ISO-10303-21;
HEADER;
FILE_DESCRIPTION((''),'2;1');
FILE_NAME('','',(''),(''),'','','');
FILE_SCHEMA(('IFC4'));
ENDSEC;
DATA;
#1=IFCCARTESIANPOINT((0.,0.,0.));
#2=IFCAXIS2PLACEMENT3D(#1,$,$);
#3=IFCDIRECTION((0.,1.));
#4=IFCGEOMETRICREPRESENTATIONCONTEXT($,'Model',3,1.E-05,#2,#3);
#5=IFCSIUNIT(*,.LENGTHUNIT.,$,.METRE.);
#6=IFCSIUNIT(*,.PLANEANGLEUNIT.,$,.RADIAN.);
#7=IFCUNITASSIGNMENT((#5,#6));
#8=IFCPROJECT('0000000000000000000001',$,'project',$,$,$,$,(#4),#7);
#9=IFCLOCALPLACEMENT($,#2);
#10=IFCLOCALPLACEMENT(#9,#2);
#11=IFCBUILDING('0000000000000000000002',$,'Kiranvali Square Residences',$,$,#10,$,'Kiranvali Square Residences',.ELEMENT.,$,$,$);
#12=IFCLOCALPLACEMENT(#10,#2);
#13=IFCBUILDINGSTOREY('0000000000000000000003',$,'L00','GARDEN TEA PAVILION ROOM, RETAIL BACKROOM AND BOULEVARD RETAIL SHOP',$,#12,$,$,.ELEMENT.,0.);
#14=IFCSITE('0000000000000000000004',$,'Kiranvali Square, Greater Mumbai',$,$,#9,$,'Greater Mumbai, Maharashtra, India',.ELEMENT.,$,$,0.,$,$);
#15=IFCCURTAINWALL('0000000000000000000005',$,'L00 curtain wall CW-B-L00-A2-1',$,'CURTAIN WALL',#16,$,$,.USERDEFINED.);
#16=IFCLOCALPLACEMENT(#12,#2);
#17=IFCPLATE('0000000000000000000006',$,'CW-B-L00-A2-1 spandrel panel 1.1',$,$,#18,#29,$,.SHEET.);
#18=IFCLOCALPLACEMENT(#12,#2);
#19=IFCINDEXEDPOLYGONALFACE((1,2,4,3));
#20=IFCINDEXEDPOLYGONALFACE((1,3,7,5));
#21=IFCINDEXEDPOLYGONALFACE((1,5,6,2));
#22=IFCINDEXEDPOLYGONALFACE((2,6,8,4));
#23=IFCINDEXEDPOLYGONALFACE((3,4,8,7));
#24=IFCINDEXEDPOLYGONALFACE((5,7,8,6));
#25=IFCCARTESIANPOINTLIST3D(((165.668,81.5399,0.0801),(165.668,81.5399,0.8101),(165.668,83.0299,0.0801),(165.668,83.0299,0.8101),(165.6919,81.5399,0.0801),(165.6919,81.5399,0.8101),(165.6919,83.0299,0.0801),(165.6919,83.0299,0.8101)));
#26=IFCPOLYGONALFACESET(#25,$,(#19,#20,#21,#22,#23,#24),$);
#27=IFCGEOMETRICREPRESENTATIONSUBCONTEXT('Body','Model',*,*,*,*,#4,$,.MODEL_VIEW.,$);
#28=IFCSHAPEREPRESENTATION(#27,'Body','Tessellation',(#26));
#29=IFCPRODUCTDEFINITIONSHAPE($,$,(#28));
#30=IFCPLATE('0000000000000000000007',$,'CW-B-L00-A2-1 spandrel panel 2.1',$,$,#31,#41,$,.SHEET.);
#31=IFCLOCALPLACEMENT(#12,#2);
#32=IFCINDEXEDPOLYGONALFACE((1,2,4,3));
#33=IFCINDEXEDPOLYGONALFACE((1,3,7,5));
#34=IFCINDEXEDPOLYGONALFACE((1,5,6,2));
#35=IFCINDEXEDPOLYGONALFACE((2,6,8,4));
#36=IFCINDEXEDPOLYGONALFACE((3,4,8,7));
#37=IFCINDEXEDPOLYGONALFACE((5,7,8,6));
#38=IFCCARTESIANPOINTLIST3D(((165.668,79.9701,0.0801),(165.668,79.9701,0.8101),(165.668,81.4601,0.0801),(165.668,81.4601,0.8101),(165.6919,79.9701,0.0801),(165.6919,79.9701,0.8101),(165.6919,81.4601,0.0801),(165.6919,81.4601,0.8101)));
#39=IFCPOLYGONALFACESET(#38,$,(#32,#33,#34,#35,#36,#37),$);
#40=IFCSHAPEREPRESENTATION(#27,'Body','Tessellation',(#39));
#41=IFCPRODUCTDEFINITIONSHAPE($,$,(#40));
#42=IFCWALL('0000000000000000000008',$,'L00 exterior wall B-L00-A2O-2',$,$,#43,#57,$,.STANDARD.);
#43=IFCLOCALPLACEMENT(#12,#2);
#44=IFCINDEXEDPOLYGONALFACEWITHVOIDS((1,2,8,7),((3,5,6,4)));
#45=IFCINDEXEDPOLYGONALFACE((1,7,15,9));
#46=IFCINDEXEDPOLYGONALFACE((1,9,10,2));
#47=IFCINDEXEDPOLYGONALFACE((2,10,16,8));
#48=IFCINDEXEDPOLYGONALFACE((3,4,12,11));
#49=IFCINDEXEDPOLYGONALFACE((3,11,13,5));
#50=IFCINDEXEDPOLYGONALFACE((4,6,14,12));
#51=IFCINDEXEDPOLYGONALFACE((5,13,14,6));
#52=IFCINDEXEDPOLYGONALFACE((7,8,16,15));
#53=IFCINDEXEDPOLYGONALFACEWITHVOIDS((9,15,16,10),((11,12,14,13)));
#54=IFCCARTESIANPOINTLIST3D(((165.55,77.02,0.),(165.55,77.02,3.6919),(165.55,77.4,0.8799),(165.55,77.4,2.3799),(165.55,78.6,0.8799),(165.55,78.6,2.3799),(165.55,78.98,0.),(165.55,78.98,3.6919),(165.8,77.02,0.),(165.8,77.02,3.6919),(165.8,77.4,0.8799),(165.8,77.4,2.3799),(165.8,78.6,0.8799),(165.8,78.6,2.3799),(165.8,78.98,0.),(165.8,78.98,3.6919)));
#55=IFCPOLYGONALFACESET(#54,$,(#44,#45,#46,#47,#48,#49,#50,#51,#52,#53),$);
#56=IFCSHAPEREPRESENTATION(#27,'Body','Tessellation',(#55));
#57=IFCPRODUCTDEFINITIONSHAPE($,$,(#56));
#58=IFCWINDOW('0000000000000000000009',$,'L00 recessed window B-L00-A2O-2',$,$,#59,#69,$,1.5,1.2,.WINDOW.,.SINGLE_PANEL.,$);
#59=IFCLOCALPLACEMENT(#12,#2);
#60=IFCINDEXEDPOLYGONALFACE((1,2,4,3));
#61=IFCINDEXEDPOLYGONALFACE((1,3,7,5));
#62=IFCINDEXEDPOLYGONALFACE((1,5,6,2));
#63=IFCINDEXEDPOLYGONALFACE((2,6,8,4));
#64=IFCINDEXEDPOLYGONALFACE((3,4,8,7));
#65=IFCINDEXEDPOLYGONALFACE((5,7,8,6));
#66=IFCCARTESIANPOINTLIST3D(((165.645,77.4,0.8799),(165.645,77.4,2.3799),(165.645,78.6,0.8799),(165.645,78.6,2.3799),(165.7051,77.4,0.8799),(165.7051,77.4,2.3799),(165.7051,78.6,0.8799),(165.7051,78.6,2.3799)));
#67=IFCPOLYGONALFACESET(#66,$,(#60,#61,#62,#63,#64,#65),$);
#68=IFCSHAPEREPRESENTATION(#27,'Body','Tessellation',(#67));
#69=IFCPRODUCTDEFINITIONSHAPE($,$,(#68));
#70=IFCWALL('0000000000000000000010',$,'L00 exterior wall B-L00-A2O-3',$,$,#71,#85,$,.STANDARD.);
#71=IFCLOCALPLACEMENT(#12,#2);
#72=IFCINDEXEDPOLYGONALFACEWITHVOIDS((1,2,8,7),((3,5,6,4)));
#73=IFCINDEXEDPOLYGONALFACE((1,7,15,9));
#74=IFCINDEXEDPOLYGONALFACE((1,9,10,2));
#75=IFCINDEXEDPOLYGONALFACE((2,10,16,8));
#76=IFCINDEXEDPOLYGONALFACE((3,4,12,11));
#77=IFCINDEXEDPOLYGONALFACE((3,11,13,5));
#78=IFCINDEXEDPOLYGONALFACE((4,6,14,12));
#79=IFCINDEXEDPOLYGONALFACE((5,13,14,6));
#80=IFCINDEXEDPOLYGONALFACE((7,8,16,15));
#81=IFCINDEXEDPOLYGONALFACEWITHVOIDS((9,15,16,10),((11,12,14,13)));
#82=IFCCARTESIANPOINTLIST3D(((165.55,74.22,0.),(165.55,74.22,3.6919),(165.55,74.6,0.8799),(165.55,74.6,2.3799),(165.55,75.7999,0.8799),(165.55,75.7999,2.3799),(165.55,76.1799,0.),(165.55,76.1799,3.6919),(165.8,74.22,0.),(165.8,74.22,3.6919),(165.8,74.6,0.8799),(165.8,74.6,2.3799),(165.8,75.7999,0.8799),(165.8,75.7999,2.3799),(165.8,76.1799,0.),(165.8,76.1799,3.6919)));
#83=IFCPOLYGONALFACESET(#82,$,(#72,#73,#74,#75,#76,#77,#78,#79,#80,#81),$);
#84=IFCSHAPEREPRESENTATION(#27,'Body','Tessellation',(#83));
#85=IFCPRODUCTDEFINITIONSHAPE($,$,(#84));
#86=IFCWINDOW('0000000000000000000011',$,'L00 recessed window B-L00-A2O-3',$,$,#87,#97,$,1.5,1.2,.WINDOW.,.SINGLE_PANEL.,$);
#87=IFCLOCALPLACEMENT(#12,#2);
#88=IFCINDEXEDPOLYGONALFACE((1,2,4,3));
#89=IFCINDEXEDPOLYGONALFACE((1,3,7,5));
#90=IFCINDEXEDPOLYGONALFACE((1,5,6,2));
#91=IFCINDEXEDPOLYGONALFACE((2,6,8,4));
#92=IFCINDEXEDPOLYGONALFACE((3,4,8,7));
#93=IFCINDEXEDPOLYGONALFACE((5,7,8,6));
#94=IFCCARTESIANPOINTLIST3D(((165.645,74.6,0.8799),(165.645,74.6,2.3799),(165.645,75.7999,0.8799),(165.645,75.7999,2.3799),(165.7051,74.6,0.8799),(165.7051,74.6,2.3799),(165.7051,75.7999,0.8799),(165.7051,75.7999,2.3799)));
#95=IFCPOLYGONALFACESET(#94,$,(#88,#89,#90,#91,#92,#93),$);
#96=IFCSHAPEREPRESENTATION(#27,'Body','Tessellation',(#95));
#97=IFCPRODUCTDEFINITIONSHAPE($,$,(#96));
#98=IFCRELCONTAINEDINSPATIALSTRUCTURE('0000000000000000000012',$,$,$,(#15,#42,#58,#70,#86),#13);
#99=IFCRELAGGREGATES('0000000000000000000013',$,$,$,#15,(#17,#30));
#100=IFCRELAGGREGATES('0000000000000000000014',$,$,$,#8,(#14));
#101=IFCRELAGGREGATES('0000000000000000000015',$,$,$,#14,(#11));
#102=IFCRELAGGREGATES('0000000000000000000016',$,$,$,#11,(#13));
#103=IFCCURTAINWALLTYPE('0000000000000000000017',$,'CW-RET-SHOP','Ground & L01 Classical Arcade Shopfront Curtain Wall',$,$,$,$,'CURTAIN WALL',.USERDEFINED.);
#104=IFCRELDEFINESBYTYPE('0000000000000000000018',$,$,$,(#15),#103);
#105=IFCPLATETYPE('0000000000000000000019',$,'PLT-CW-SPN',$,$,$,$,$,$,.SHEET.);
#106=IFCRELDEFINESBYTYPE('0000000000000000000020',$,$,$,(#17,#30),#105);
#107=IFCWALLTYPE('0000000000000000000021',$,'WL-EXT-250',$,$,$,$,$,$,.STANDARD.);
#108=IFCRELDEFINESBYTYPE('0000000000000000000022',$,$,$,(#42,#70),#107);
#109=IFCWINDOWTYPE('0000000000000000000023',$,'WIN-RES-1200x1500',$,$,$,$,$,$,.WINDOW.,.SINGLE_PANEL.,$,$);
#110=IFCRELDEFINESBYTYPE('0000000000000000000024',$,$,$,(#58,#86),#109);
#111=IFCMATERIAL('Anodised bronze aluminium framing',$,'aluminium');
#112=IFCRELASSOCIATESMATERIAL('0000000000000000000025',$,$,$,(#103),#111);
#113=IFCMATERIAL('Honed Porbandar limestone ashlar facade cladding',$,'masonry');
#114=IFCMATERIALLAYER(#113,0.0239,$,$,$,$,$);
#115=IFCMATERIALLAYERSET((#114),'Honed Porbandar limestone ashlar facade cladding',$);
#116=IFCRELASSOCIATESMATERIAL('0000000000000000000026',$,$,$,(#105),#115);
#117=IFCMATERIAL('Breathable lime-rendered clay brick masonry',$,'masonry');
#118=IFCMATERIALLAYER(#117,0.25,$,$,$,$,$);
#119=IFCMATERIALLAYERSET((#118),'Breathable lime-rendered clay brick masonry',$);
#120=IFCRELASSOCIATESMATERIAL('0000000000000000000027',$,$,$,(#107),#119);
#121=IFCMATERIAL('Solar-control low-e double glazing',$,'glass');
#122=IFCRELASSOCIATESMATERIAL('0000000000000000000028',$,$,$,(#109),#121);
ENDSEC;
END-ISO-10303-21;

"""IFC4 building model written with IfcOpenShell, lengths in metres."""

from ifc_helpers import new_model, si_unit, direction, frame, frame_2d, origin, origin_2d, place, context, subcontext, project, spatial, rectangle, extrude, material, layer, layer_set, type_object, element, fill, aggregate, save


model = new_model("IFC4")

# Units and contexts
model_context = context("Model", 3, precision=1e-05, world=origin(), true_north=direction((0.0, 1.0)))
body_context = subcontext(model_context, "Body", "Model", "MODEL_VIEW")
ifc_project = project(units=[si_unit("LENGTHUNIT", "METRE"), si_unit("PLANEANGLEUNIT", "RADIAN")], contexts=[model_context])

# Site, building, storey
site_placement = place(None, origin())
site = spatial("IfcSite", under=ifc_project, at=site_placement, Name="Kiranvali Square, Greater Mumbai", LongName="Greater Mumbai, Maharashtra, India", CompositionType="ELEMENT", RefElevation=0.0)
building_placement = place(site_placement, origin())
building = spatial("IfcBuilding", under=site, at=building_placement, Name="Kiranvali Square Residences", LongName="Kiranvali Square Residences", CompositionType="ELEMENT")
storey_placement = place(building_placement, origin())
storey = spatial("IfcBuildingStorey", under=building, at=storey_placement, Name="L00", Description="GARDEN TEA PAVILION ROOM, RETAIL BACKROOM AND BOULEVARD RETAIL SHOP", CompositionType="ELEMENT", Elevation=0.0)

# Curtain wall
ifc_material_1 = material(Name="Anodised bronze aluminium framing", Category="aluminium")
curtain_wall_type = type_object("IfcCurtainWallType", Name="CW-RET-SHOP", Description="Ground & L01 Classical Arcade Shopfront Curtain Wall", ElementType="CURTAIN WALL", PredefinedType="USERDEFINED", material=ifc_material_1)
curtain_wall_placement = place(storey_placement, origin())
curtain_wall = element("IfcCurtainWall", 1, at=curtain_wall_placement, inside=storey, type_object=curtain_wall_type, Name="L00 curtain wall CW-B-L00-A2-1", ObjectType="CURTAIN WALL", PredefinedType="USERDEFINED")

# Plates
ifc_material_2 = material(Name="Solar-control low-e double glazing", Category="glass")
ifc_material_3 = material(Name="Honed Porbandar limestone ashlar facade cladding", Category="masonry")
ifc_layer_1 = layer(ifc_material_3, 0.0239)
ifc_layer_set_1 = layer_set([ifc_layer_1], Name="Honed Porbandar limestone ashlar facade cladding")
plate_type_1 = type_object("IfcPlateType", Name="PLT-CW-SPN", PredefinedType="SHEET", material=ifc_layer_set_1)
plate_1_placement = place(storey_placement, frame((165.6799, 82.2849, 0.0801), z_axis=(0.0, 0.0, 1.0), x_axis=(0.0, -1.0, 0.0)))
plate_1 = element("IfcPlate", 2, at=plate_1_placement, type_object=plate_type_1, Name="CW-B-L00-A2-1 spandrel panel 1.1", PredefinedType="SHEET", context=body_context, shape_type="SweptSolid", body=[
    extrude(rectangle(XDim=1.49, YDim=0.0239, at=origin_2d()), origin(), (0.0, 0.0, 1.0), 0.73),
])
plate_2_placement = place(storey_placement, frame((165.6799, 80.7151, 0.0801), z_axis=(0.0, 0.0, 1.0), x_axis=(0.0, -1.0, 0.0)))
plate_2 = element("IfcPlate", 3, at=plate_2_placement, type_object=plate_type_1, Name="CW-B-L00-A2-1 spandrel panel 2.1", PredefinedType="SHEET", context=body_context, shape_type="SweptSolid", body=[
    extrude(rectangle(XDim=1.49, YDim=0.0239, at=origin_2d()), origin(), (0.0, 0.0, 1.0), 0.73),
])
aggregate(curtain_wall, [plate_1, plate_2])

# Walls, openings, windows
ifc_material_4 = material(Name="Breathable lime-rendered clay brick masonry", Category="masonry")
ifc_layer_2 = layer(ifc_material_4, 0.25)
ifc_layer_set_2 = layer_set([ifc_layer_2], Name="Breathable lime-rendered clay brick masonry")
wall_type = type_object("IfcWallType", Name="WL-EXT-250", PredefinedType="STANDARD", material=ifc_layer_set_2)
wall_1_placement = place(storey_placement, frame((165.675, 78.98, 0.0), z_axis=(0.0, 0.0, 1.0), x_axis=(0.0, -1.0, 0.0)))
wall_1 = element("IfcWall", 4, at=wall_1_placement, inside=storey, type_object=wall_type, Name="L00 exterior wall B-L00-A2O-2", PredefinedType="STANDARD", context=body_context, shape_type="SweptSolid", body=[
    extrude(rectangle(XDim=1.96, YDim=0.25, at=frame_2d((0.98, 0.0))), origin(), (0.0, 0.0, 1.0), 3.6919),
])
opening_1_placement = place(wall_1_placement, frame((0.3799, 0.0, 0.8799)))
opening_1 = element("IfcOpeningElement", 5, at=opening_1_placement, cuts=wall_1, PredefinedType="OPENING", context=body_context, shape_type="SweptSolid", body=[
    extrude(rectangle(XDim=1.2, YDim=1.5, at=frame_2d((0.6001, 0.75))), frame((0.0, 0.135, 0.0), z_axis=(0.0, -1.0, 0.0), x_axis=(1.0, 0.0, 0.0)), (0.0, 0.0, 1.0), 0.27),
])
window_type = type_object("IfcWindowType", Name="WIN-RES-1200x1500", PartitioningType="SINGLE_PANEL", PredefinedType="WINDOW", material=ifc_material_2)
window_1_placement = place(opening_1_placement, origin())
window_1 = element("IfcWindow", 6, at=window_1_placement, inside=storey, type_object=window_type, Name="L00 recessed window B-L00-A2O-2", OverallHeight=1.5, OverallWidth=1.2, PartitioningType="SINGLE_PANEL", PredefinedType="WINDOW", context=body_context, shape_type="SweptSolid", body=[
    extrude(rectangle(XDim=1.2, YDim=1.5, at=frame_2d((0.6001, 0.75))), frame((0.0, 0.03, 0.0), z_axis=(0.0, -1.0, 0.0), x_axis=(1.0, 0.0, 0.0)), (0.0, 0.0, 1.0), 0.0601),
])
fill(opening_1, window_1)
wall_2_placement = place(storey_placement, frame((165.675, 76.1799, 0.0), z_axis=(0.0, 0.0, 1.0), x_axis=(0.0, -1.0, 0.0)))
wall_2 = element("IfcWall", 7, at=wall_2_placement, inside=storey, type_object=wall_type, Name="L00 exterior wall B-L00-A2O-3", PredefinedType="STANDARD", context=body_context, shape_type="SweptSolid", body=[
    extrude(rectangle(XDim=1.96, YDim=0.25, at=frame_2d((0.98, 0.0))), origin(), (0.0, 0.0, 1.0), 3.6919),
])
opening_2_placement = place(wall_2_placement, frame((0.3799, 0.0, 0.8799)))
opening_2 = element("IfcOpeningElement", 8, at=opening_2_placement, cuts=wall_2, PredefinedType="OPENING", context=body_context, shape_type="SweptSolid", body=[
    extrude(rectangle(XDim=1.2, YDim=1.5, at=frame_2d((0.6001, 0.75))), frame((0.0, 0.135, 0.0), z_axis=(0.0, -1.0, 0.0), x_axis=(1.0, 0.0, 0.0)), (0.0, 0.0, 1.0), 0.27),
])
window_2_placement = place(opening_2_placement, origin())
window_2 = element("IfcWindow", 9, at=window_2_placement, inside=storey, type_object=window_type, Name="L00 recessed window B-L00-A2O-3", OverallHeight=1.5, OverallWidth=1.2, PartitioningType="SINGLE_PANEL", PredefinedType="WINDOW", context=body_context, shape_type="SweptSolid", body=[
    extrude(rectangle(XDim=1.2, YDim=1.5, at=frame_2d((0.6001, 0.75))), frame((0.0, 0.03, 0.0), z_axis=(0.0, -1.0, 0.0), x_axis=(1.0, 0.0, 0.0)), (0.0, 0.0, 1.0), 0.0601),
])
fill(opening_2, window_2)

save(model, "model.ifc")
